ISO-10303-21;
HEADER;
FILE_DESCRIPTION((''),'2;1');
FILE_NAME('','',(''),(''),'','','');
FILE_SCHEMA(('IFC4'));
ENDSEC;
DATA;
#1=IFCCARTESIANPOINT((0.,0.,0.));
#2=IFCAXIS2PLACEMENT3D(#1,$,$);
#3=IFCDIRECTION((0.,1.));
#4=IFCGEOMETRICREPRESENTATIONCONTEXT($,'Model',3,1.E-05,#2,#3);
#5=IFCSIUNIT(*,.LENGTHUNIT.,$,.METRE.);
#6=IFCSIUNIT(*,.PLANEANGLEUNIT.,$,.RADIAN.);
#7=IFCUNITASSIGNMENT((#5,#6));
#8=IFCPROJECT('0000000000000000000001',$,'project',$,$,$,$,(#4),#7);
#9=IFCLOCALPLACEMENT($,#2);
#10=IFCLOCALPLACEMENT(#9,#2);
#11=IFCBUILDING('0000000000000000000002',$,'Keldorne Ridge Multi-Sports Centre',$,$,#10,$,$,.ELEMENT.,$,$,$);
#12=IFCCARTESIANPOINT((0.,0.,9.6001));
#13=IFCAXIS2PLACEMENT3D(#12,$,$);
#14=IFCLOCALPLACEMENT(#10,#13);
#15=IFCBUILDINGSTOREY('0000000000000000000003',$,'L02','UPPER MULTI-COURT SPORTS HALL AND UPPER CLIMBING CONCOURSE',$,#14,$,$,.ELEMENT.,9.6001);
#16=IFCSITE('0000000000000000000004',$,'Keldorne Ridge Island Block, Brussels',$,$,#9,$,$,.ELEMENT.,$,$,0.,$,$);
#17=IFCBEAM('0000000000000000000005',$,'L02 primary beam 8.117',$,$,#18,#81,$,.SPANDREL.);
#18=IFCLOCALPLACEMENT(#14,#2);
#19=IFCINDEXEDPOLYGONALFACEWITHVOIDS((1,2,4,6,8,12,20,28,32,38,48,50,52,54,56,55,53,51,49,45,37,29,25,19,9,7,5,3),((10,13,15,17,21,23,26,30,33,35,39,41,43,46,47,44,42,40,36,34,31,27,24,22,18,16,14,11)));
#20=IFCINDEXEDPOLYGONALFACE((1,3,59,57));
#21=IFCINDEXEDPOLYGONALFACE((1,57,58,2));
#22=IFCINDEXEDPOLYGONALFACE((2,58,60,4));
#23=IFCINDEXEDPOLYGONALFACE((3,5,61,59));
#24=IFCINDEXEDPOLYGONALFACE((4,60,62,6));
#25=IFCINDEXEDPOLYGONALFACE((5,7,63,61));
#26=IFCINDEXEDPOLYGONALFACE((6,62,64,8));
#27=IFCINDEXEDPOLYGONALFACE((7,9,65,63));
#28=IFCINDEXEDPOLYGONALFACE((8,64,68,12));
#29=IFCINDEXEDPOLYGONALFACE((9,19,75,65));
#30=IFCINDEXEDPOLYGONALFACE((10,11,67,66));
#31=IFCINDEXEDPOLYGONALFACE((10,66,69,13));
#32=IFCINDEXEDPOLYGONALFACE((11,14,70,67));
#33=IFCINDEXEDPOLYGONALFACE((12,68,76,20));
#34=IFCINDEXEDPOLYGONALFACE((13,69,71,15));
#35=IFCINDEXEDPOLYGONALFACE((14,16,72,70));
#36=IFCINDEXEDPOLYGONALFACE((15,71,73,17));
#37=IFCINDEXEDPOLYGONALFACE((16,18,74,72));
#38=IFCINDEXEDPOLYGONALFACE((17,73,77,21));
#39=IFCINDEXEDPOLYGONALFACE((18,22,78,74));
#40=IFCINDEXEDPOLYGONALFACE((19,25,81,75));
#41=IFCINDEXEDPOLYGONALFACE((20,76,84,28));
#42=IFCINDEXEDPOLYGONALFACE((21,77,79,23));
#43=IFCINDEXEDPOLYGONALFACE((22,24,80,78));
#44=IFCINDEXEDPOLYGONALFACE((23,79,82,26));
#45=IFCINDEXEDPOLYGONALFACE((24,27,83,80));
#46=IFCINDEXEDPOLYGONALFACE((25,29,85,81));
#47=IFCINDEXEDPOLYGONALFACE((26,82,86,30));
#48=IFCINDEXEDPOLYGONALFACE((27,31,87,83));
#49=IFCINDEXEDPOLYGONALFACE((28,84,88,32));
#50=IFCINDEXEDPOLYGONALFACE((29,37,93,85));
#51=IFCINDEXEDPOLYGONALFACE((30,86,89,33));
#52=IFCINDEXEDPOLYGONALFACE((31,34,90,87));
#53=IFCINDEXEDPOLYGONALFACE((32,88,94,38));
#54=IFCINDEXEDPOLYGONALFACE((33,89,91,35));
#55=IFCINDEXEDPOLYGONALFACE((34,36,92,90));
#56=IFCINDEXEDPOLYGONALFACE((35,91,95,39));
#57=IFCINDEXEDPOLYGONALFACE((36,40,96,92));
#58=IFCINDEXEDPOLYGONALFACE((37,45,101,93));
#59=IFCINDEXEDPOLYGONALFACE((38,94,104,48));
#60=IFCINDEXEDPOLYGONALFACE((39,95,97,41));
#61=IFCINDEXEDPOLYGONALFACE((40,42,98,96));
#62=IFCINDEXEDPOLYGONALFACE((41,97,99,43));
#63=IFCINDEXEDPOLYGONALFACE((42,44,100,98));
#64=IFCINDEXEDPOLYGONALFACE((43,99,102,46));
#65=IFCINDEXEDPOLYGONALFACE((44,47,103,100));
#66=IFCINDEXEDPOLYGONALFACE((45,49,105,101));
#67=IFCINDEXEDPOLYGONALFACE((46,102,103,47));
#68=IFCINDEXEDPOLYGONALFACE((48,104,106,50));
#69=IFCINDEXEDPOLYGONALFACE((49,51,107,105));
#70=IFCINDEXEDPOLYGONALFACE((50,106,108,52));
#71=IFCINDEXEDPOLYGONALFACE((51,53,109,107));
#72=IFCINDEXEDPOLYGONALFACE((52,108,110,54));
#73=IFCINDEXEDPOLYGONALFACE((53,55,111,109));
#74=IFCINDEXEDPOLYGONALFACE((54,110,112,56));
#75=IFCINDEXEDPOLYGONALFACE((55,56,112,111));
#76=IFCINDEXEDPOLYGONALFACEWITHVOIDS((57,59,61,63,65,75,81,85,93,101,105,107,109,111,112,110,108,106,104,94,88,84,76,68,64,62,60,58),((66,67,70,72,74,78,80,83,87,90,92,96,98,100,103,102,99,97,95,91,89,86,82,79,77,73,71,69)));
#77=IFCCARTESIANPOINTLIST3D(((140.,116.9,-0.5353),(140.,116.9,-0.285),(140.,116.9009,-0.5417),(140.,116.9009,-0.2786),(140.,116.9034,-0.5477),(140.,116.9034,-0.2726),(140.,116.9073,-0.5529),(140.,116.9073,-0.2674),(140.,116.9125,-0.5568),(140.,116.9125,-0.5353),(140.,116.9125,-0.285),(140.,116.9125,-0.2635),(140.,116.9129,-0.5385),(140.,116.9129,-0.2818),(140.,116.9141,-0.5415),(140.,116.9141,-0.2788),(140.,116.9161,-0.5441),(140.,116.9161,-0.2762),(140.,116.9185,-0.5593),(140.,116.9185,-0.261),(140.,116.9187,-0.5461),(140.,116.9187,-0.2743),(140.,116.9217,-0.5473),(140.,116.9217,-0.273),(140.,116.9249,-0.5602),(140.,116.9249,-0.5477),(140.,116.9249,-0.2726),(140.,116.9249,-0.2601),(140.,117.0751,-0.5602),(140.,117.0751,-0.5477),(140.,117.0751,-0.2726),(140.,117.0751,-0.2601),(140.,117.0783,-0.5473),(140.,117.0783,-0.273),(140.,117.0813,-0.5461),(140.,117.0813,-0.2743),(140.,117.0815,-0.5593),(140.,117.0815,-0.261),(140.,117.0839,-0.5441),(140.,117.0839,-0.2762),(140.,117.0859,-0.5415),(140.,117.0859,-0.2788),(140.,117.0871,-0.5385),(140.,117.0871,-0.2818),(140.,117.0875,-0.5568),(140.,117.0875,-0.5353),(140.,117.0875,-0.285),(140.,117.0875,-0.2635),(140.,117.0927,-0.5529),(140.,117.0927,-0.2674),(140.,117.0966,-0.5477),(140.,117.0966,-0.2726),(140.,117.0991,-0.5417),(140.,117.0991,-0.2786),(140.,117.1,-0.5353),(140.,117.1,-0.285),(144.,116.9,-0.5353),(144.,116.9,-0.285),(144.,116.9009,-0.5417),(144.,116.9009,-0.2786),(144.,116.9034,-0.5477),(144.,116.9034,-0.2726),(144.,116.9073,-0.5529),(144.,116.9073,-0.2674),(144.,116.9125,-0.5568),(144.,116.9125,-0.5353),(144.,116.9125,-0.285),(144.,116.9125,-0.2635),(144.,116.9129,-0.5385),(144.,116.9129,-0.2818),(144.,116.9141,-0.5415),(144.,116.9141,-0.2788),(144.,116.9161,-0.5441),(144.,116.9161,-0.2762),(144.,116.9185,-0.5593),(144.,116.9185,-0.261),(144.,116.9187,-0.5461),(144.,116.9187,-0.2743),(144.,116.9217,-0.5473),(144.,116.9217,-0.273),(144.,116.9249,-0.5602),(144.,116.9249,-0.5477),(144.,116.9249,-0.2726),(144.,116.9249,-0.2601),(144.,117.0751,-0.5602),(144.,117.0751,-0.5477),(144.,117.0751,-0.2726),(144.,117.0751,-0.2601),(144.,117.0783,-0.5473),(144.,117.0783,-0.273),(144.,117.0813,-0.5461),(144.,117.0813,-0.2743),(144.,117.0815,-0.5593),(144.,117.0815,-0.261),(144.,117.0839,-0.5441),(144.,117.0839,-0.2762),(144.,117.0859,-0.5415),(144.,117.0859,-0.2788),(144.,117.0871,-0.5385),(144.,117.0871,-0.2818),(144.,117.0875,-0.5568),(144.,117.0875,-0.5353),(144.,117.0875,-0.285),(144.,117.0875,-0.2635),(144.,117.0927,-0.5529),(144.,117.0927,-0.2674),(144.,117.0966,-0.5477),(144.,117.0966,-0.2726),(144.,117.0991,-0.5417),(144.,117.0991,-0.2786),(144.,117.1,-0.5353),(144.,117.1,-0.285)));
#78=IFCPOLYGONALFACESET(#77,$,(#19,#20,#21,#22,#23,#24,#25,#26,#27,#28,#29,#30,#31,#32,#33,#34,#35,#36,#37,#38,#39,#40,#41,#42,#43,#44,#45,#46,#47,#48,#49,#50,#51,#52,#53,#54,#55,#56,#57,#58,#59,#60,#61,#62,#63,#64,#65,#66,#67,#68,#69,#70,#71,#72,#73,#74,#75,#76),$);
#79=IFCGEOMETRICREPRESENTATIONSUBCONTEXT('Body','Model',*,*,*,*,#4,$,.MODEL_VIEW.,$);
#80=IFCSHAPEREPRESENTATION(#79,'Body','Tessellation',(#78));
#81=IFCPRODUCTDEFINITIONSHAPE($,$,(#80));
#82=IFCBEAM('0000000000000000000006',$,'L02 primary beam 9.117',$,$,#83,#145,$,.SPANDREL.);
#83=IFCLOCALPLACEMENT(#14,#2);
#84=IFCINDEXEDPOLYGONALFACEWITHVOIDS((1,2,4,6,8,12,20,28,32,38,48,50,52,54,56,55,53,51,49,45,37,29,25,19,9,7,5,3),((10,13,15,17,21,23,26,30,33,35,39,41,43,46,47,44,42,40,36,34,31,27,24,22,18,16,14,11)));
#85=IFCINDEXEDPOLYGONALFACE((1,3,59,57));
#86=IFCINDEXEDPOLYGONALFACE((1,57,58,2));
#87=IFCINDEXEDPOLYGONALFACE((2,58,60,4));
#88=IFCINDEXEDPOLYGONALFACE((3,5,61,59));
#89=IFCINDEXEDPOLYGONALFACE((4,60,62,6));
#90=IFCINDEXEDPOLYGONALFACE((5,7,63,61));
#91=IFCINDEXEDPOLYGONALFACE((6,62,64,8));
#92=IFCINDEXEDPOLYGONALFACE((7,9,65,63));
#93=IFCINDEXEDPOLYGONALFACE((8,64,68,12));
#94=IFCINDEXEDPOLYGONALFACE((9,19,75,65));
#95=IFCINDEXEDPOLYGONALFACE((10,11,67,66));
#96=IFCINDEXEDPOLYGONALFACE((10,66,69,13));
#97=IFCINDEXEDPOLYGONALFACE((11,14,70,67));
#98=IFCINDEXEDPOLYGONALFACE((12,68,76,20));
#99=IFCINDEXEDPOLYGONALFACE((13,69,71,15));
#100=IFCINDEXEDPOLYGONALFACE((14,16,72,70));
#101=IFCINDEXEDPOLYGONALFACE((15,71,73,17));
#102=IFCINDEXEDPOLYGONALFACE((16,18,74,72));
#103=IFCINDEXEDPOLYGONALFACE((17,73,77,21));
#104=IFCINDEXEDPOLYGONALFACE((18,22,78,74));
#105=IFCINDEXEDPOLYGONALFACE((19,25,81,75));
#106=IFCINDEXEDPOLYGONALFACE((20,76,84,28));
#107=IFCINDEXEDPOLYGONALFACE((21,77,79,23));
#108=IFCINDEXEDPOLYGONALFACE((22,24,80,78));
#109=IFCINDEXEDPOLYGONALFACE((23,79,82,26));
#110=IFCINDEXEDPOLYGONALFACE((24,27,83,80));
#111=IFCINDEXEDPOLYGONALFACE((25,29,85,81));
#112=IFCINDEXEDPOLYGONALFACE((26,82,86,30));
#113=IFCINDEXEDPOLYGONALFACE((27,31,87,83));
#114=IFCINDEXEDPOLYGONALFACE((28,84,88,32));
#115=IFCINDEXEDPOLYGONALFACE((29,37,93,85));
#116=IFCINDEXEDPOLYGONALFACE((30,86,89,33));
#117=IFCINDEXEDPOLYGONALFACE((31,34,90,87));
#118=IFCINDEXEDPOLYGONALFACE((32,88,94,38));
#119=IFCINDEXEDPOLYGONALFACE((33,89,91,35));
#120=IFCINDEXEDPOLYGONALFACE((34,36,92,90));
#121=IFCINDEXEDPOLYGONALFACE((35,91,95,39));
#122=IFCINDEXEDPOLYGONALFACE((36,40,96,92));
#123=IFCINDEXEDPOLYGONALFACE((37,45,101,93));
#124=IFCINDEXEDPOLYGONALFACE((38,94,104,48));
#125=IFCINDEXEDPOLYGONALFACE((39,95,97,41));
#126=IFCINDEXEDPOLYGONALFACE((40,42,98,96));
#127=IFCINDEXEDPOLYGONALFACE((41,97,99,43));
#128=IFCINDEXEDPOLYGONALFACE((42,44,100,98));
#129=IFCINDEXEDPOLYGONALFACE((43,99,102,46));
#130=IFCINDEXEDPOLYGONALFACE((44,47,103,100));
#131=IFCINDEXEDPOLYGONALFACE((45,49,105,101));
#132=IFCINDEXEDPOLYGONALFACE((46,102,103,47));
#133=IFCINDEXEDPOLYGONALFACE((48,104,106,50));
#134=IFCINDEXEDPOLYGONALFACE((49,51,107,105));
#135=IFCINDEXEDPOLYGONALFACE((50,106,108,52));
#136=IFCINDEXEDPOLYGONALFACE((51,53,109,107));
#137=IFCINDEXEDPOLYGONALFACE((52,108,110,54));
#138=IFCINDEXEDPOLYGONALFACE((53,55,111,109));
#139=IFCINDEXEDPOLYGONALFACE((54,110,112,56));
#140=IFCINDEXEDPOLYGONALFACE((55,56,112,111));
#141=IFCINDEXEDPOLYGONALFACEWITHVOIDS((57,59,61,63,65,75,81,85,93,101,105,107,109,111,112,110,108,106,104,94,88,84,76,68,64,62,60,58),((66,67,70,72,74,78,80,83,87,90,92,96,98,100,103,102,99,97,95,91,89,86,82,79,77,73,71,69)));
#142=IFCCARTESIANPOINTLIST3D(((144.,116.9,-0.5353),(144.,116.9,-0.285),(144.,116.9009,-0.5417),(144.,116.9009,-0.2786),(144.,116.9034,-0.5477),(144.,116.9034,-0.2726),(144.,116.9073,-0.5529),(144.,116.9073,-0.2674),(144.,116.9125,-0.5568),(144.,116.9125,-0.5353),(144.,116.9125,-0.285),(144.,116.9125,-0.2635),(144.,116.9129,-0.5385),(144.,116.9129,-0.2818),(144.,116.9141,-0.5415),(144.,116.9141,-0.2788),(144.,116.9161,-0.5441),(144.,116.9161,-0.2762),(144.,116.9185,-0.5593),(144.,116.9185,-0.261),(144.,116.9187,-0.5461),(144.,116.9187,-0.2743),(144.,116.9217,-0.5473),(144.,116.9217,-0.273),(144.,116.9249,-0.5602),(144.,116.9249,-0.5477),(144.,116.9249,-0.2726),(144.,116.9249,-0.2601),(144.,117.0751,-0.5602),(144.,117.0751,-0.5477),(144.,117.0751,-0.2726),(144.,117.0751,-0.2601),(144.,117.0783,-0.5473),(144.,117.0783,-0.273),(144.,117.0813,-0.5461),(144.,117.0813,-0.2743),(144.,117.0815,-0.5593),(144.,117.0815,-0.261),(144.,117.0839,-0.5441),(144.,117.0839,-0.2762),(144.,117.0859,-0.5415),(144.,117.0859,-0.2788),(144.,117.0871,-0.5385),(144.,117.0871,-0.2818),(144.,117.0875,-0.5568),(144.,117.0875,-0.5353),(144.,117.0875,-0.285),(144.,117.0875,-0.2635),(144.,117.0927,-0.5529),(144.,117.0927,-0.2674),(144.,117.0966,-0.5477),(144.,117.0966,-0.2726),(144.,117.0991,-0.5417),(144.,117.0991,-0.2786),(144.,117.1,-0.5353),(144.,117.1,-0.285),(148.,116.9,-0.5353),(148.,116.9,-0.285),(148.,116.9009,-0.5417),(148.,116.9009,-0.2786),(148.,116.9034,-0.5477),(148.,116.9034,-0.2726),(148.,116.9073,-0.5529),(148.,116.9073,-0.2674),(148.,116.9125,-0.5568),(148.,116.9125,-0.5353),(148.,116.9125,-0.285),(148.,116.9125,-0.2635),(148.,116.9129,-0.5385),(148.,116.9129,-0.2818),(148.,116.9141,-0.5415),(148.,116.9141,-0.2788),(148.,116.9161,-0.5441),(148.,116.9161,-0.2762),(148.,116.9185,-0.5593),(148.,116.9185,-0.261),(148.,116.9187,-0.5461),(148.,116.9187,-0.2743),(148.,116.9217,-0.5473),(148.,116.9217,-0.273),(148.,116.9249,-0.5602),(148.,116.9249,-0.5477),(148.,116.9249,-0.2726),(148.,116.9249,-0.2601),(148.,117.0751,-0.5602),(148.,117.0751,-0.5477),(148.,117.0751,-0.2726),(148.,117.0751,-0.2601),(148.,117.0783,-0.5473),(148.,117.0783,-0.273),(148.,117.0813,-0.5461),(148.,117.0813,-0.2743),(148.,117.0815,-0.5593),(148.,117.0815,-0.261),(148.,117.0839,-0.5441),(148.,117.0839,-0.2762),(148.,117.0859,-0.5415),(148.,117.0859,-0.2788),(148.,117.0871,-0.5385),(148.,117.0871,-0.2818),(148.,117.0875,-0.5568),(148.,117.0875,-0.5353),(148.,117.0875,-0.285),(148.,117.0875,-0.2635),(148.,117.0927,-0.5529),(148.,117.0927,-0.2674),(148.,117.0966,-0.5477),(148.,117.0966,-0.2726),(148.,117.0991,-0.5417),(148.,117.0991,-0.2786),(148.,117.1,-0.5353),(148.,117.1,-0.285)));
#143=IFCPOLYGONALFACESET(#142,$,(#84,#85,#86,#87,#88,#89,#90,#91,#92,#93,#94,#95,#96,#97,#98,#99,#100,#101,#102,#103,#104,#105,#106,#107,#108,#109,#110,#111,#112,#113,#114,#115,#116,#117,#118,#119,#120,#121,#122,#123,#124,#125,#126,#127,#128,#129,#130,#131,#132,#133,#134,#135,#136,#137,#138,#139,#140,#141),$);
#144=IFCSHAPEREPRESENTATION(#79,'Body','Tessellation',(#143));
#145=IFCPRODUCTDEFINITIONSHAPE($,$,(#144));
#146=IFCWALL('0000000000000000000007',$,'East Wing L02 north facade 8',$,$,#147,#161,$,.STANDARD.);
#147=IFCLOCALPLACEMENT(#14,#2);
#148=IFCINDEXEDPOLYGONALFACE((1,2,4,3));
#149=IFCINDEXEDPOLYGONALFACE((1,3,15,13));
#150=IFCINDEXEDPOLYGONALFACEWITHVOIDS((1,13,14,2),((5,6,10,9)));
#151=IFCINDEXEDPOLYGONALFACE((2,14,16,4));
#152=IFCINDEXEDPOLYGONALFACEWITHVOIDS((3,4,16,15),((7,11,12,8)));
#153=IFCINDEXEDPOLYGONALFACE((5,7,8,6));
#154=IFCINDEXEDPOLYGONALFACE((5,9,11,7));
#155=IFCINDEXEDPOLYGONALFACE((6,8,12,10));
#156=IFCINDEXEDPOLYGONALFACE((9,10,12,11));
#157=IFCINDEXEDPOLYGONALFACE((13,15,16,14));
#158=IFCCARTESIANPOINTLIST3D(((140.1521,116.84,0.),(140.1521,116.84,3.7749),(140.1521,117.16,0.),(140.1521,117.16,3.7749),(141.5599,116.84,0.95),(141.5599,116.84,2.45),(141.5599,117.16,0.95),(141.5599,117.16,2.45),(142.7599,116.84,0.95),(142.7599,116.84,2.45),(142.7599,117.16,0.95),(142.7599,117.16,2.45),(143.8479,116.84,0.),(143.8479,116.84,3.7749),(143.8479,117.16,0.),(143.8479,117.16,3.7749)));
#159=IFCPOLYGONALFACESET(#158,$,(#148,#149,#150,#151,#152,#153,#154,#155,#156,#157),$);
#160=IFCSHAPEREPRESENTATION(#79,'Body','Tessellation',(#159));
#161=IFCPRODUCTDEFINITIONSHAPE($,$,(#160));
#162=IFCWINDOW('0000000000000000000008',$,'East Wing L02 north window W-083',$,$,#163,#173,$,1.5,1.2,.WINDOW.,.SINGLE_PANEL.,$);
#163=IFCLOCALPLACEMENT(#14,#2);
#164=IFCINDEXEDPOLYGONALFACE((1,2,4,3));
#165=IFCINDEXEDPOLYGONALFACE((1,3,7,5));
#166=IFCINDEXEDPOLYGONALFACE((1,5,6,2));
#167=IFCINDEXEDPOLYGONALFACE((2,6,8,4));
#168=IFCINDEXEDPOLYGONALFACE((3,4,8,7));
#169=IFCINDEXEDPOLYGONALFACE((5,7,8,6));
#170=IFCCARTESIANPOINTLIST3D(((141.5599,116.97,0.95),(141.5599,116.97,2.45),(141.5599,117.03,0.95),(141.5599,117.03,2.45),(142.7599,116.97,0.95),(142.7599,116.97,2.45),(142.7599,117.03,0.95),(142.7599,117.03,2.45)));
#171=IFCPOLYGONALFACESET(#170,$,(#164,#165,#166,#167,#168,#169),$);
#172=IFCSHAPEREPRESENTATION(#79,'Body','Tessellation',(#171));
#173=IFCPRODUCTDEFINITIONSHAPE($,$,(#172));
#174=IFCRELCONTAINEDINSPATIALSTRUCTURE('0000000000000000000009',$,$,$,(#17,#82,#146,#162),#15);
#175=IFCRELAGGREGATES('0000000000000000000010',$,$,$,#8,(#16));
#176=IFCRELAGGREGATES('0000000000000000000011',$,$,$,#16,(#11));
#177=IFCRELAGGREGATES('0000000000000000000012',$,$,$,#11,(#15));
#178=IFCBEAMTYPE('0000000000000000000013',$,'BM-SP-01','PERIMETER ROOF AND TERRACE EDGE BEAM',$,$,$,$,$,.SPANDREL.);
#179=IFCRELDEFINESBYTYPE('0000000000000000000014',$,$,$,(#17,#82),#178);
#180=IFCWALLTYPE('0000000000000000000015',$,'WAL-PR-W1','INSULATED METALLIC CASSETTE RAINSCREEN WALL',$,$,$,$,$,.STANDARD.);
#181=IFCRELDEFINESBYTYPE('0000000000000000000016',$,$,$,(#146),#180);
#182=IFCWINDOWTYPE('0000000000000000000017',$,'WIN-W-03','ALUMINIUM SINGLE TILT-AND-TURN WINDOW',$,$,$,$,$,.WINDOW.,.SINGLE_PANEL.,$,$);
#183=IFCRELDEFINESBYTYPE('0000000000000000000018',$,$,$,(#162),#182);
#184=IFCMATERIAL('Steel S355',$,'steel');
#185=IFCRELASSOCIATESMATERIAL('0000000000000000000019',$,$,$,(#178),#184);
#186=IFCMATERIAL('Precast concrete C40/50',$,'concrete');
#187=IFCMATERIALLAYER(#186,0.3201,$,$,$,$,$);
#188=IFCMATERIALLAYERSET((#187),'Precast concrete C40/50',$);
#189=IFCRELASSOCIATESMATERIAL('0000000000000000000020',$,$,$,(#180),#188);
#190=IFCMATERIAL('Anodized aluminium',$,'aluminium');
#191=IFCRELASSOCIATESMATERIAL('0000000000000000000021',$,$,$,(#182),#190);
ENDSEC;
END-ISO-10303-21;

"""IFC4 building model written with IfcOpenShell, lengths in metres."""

from ifc_helpers import new_model, si_unit, direction, frame, frame_2d, origin, origin_2d, place, context, subcontext, project, spatial, rectangle, hollow_rectangle, extrude, material, layer, layer_set, material_profile, profile_set, type_object, element, fill, save


model = new_model("IFC4")

# Units and contexts
model_context = context("Model", 3, precision=1e-05, world=origin(), true_north=direction((0.0, 1.0)))
body_context = subcontext(model_context, "Body", "Model", "MODEL_VIEW")
ifc_project = project(units=[si_unit("LENGTHUNIT", "METRE"), si_unit("PLANEANGLEUNIT", "RADIAN")], contexts=[model_context])

# Site, building, storey
site_placement = place(None, origin())
site = spatial("IfcSite", under=ifc_project, at=site_placement, Name="Keldorne Ridge Island Block, Brussels", CompositionType="ELEMENT", RefElevation=0.0)
building_placement = place(site_placement, origin())
building = spatial("IfcBuilding", under=site, at=building_placement, Name="Keldorne Ridge Multi-Sports Centre", CompositionType="ELEMENT")
storey_placement = place(building_placement, frame((0.0, 0.0, 9.6001)))
storey = spatial("IfcBuildingStorey", under=building, at=storey_placement, Name="L02", Description="UPPER MULTI-COURT SPORTS HALL AND UPPER CLIMBING CONCOURSE", CompositionType="ELEMENT", Elevation=9.6001)

# Shared definitions
ifc_material_1 = material(Name="Steel S355", Category="steel")

# Beams
ifc_material_profile_1 = material_profile(ifc_material_1, hollow_rectangle(XDim=0.2, YDim=0.3, WallThickness=0.0125, InnerFilletRadius=0.0125, OuterFilletRadius=0.0249, at=origin_2d()), Name="RHS 300x200x12.5")
ifc_profile_set_1 = profile_set([ifc_material_profile_1], Name="Steel S355")
beam_type_1 = type_object("IfcBeamType", Name="BM-SP-01", Description="PERIMETER ROOF AND TERRACE EDGE BEAM", PredefinedType="SPANDREL", material=ifc_profile_set_1)
for number, where, z_axis, x_axis, name in (
    (1, (140.0, 117.0, -0.4102), (1.0, 0.0, 0.0), (0.0, 1.0, 0.0), "L02 primary beam 8.117"),
    (2, (144.0, 117.0, -0.4102), (1.0, 0.0, 0.0), (0.0, 1.0, 0.0), "L02 primary beam 9.117"),
):
    element("IfcBeam", number, at=place(storey_placement, frame(where, z_axis=z_axis, x_axis=x_axis)), inside=storey, type_object=beam_type_1, Name=name, PredefinedType="SPANDREL", context=body_context, shape_type="SweptSolid", body=[
        extrude(hollow_rectangle(XDim=0.2, YDim=0.3, WallThickness=0.0125, InnerFilletRadius=0.0125, OuterFilletRadius=0.0249, at=origin_2d()), origin(), (0.0, 0.0, 1.0), 4.0),
    ])

# Wall, opening, window
ifc_material_2 = material(Name="Precast concrete C40/50", Category="concrete")
ifc_layer_1 = layer(ifc_material_2, 0.3201)
ifc_layer_set_1 = layer_set([ifc_layer_1], Name="Precast concrete C40/50")
wall_type_1 = type_object("IfcWallType", Name="WAL-PR-W1", Description="INSULATED METALLIC CASSETTE RAINSCREEN WALL", PredefinedType="STANDARD", material=ifc_layer_set_1)
wall_1_placement = place(storey_placement, frame((143.8479, 117.0, 0.0), z_axis=(0.0, 0.0, 1.0), x_axis=(-1.0, 0.0, 0.0)))
wall_1 = element("IfcWall", 3, at=wall_1_placement, inside=storey, type_object=wall_type_1, Name="East Wing L02 north facade 8", PredefinedType="STANDARD", context=body_context, shape_type="SweptSolid", body=[
    extrude(rectangle(XDim=3.6958, YDim=0.3201, at=frame_2d((1.8479, 0.0))), origin(), (0.0, 0.0, 1.0), 3.7749),
])
opening_1_placement = place(wall_1_placement, frame((1.0879, 0.0, 0.95)))
opening_1 = element("IfcOpeningElement", 4, at=opening_1_placement, cuts=wall_1, PredefinedType="OPENING", context=body_context, shape_type="SweptSolid", body=[
    extrude(rectangle(XDim=1.2, YDim=1.5, at=frame_2d((0.6001, 0.75))), frame((0.0, 0.1699, 0.0), z_axis=(0.0, -1.0, 0.0), x_axis=(1.0, 0.0, 0.0)), (0.0, 0.0, 1.0), 0.3401),
])
ifc_material_3 = material(Name="Anodized aluminium", Category="aluminium")
window_type = type_object("IfcWindowType", Name="WIN-W-03", Description="ALUMINIUM SINGLE TILT-AND-TURN WINDOW", PartitioningType="SINGLE_PANEL", PredefinedType="WINDOW", material=ifc_material_3)
window_1_placement = place(opening_1_placement, origin())
window_1 = element("IfcWindow", 5, at=window_1_placement, inside=storey, type_object=window_type, Name="East Wing L02 north window W-083", OverallHeight=1.5, OverallWidth=1.2, PartitioningType="SINGLE_PANEL", PredefinedType="WINDOW", context=body_context, shape_type="SweptSolid", body=[
    extrude(rectangle(XDim=1.2, YDim=1.5, at=frame_2d((0.6001, 0.75))), frame((0.0, 0.03, 0.0), z_axis=(0.0, -1.0, 0.0), x_axis=(1.0, 0.0, 0.0)), (0.0, 0.0, 1.0), 0.0601),
])
fill(opening_1, window_1)

save(model, "model.ifc")
